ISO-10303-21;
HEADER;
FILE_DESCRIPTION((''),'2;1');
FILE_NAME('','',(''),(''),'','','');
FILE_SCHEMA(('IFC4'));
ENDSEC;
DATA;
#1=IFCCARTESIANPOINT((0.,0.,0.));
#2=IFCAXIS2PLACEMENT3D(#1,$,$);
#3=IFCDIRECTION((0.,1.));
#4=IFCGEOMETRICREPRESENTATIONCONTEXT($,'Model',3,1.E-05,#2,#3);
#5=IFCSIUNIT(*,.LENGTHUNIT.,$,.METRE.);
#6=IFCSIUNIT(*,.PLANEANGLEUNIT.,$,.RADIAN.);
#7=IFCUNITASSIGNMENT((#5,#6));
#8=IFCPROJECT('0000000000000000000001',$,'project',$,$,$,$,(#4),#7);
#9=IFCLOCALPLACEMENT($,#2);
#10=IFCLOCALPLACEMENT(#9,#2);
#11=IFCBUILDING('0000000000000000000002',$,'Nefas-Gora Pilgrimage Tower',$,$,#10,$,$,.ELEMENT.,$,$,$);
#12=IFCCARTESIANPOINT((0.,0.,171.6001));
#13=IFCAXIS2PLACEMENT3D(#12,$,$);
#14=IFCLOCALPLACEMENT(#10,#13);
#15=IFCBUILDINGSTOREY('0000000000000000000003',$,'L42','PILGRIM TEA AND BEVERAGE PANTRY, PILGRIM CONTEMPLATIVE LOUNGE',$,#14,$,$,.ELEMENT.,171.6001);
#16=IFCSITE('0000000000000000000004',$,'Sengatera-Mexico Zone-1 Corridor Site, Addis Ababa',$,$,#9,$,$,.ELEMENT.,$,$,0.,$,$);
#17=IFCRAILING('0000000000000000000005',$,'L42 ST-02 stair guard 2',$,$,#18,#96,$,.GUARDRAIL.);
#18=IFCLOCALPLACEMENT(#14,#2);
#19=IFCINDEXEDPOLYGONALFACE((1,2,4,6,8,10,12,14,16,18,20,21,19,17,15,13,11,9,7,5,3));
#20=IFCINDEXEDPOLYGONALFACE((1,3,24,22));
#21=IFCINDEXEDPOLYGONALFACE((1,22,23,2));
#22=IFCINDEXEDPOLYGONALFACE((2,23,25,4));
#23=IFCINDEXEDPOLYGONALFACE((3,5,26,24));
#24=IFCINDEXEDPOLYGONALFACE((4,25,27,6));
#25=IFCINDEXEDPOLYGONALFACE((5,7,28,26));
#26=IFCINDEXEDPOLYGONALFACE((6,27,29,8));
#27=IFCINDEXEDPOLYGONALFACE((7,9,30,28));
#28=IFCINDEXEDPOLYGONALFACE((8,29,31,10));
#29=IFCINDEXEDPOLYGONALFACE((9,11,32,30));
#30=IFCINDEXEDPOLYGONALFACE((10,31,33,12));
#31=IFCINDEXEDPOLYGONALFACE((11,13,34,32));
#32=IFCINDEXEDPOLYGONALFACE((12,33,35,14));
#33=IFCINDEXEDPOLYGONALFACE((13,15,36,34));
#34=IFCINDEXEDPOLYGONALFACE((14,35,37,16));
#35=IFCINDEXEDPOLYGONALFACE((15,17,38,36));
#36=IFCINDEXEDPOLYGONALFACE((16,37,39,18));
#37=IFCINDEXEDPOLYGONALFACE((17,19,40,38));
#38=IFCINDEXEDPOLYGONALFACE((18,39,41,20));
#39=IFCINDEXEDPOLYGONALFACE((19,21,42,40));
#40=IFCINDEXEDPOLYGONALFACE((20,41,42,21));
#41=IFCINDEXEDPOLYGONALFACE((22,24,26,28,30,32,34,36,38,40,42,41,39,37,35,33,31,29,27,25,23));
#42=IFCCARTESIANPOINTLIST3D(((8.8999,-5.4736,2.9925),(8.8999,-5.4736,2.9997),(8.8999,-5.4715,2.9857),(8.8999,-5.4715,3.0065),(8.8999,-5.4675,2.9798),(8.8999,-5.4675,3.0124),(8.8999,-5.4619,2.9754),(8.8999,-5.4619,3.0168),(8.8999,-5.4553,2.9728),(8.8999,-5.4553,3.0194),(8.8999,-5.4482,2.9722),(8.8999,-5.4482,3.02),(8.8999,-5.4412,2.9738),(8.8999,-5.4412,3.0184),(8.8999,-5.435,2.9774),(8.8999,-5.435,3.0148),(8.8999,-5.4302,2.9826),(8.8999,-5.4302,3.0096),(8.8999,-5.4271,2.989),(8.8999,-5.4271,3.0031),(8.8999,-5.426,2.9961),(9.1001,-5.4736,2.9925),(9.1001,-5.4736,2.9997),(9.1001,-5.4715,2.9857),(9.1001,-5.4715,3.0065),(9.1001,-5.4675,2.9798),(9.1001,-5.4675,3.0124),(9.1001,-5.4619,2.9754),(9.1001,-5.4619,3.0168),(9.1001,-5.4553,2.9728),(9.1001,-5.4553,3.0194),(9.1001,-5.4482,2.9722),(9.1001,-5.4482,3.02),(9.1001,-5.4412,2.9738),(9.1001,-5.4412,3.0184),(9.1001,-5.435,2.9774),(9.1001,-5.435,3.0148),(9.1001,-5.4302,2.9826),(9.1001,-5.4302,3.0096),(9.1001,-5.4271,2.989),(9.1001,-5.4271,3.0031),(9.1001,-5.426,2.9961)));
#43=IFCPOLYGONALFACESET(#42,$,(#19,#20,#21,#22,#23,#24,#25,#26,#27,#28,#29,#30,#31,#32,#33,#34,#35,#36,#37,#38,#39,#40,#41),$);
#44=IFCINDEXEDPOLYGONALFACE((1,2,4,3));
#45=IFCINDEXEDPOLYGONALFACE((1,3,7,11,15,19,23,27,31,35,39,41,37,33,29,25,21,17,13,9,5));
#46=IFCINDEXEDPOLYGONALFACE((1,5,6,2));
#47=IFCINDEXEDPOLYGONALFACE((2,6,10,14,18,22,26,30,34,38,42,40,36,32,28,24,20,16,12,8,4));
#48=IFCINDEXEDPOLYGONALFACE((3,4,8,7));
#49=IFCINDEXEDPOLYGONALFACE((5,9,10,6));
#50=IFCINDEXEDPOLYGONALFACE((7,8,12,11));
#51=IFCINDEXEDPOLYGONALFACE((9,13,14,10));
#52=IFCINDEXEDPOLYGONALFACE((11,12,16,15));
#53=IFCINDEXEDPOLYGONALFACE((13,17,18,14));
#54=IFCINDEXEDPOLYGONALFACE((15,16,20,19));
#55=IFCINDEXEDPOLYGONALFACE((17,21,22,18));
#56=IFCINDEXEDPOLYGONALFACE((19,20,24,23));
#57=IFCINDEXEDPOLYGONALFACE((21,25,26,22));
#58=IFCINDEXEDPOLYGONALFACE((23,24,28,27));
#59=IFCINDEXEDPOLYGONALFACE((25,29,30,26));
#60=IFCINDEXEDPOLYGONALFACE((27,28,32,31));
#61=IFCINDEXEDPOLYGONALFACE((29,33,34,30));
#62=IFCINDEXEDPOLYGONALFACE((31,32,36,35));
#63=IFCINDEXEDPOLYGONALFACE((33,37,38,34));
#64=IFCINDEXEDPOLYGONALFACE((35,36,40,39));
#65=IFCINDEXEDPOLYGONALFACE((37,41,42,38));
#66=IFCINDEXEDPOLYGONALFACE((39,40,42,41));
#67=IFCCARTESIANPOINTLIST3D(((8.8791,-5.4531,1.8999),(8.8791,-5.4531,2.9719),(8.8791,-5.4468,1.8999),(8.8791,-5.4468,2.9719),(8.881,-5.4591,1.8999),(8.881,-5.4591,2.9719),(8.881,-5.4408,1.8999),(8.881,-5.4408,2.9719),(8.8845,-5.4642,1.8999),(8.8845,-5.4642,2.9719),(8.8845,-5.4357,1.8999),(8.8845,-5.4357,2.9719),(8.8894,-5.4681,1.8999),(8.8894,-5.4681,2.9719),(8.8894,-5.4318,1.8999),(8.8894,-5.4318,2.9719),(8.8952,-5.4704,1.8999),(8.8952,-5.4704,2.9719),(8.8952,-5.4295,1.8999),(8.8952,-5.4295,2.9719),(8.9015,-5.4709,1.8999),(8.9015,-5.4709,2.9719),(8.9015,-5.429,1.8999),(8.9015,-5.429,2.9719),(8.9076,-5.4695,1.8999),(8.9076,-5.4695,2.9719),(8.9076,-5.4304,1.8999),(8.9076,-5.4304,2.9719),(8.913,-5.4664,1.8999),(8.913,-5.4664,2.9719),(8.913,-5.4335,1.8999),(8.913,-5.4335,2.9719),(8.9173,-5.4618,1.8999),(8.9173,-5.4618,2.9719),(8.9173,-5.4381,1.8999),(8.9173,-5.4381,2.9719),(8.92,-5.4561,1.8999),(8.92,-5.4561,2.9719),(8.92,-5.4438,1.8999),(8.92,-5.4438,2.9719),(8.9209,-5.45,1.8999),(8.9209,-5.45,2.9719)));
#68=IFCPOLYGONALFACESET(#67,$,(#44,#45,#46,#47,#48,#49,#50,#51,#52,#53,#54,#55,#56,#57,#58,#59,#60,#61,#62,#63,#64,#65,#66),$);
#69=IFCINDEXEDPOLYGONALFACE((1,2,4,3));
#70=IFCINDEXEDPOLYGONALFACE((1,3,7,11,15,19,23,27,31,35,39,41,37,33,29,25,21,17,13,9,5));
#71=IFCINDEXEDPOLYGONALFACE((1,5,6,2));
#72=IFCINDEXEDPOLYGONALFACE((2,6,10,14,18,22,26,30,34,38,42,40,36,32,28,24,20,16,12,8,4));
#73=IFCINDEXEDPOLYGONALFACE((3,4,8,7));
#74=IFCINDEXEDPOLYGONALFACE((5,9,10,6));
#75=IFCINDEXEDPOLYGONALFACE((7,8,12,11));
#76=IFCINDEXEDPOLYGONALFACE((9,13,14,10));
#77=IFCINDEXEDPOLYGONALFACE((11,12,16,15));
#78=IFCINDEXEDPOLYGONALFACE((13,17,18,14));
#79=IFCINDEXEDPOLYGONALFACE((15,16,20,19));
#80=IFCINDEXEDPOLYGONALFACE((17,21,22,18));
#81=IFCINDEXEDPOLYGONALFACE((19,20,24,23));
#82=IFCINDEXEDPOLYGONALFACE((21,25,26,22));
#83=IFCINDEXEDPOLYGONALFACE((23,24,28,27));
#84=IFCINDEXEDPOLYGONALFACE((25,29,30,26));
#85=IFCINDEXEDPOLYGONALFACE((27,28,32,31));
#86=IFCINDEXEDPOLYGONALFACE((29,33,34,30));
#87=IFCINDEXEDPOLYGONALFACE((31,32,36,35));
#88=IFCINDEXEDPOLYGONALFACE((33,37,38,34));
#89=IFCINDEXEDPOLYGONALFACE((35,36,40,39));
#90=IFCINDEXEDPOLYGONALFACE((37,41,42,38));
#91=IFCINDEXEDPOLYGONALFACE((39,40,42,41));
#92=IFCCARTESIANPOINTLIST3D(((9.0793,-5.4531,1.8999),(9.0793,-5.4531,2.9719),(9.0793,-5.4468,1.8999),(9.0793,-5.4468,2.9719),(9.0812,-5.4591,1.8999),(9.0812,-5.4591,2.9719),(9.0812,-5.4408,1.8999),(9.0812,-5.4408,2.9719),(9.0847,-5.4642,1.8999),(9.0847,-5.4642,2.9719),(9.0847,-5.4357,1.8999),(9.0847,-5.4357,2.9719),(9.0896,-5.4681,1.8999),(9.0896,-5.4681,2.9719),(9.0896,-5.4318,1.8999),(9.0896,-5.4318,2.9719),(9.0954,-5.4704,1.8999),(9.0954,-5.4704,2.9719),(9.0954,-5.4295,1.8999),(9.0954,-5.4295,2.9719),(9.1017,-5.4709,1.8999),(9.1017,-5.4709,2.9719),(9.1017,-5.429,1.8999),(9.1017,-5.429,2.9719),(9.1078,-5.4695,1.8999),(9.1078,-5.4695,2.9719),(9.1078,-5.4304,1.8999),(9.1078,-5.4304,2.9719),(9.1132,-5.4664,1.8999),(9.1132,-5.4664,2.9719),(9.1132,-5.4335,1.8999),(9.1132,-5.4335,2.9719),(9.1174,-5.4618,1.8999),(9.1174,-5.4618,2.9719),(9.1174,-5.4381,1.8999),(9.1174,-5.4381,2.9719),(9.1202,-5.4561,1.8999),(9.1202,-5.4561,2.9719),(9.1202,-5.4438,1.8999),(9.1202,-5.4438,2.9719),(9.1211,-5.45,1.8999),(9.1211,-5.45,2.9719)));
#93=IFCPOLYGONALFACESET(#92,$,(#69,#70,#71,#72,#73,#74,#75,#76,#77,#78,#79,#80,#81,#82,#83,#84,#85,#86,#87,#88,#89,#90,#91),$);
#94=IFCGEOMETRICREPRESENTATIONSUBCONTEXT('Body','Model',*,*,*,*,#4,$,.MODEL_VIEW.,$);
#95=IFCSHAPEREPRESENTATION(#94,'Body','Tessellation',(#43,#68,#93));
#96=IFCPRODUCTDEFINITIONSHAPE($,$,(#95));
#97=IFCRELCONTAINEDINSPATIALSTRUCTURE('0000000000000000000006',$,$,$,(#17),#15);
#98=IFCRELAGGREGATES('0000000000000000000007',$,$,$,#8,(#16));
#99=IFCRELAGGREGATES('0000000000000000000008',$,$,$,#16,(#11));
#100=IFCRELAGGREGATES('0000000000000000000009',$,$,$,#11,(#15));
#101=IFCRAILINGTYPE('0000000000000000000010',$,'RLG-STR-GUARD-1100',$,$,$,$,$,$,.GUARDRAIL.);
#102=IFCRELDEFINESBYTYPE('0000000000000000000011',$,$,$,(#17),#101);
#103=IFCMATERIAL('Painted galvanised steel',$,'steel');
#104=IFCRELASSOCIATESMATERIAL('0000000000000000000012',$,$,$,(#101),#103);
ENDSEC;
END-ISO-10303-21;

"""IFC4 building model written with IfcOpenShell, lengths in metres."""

from ifc_helpers import new_model, si_unit, direction, frame, origin, origin_2d, place, context, subcontext, project, spatial, circle, extrude, material, type_object, element, save


model = new_model("IFC4")

# Units and contexts
model_context = context("Model", 3, precision=1e-05, world=origin(), true_north=direction((0.0, 1.0)))
body_context = subcontext(model_context, "Body", "Model", "MODEL_VIEW")
ifc_project = project(units=[si_unit("LENGTHUNIT", "METRE"), si_unit("PLANEANGLEUNIT", "RADIAN")], contexts=[model_context])

# Site, building, storey
site_placement = place(None, origin())
site = spatial("IfcSite", under=ifc_project, at=site_placement, Name="Sengatera-Mexico Zone-1 Corridor Site, Addis Ababa", CompositionType="ELEMENT", RefElevation=0.0)
building_placement = place(site_placement, origin())
building = spatial("IfcBuilding", under=site, at=building_placement, Name="Nefas-Gora Pilgrimage Tower", CompositionType="ELEMENT")
storey_placement = place(building_placement, frame((0.0, 0.0, 171.6001)))
storey = spatial("IfcBuildingStorey", under=building, at=storey_placement, Name="L42", Description="PILGRIM TEA AND BEVERAGE PANTRY, PILGRIM CONTEMPLATIVE LOUNGE", CompositionType="ELEMENT", Elevation=171.6001)

# Railing
ifc_material_1 = material(Name="Painted galvanised steel", Category="steel")
railing_type_1 = type_object("IfcRailingType", Name="RLG-STR-GUARD-1100", PredefinedType="GUARDRAIL", material=ifc_material_1)
railing_1_placement = place(storey_placement, frame((8.8999, -5.45, 1.8999)))
element("IfcRailing", 1, at=railing_1_placement, inside=storey, type_object=railing_type_1, Name="L42 ST-02 stair guard 2", PredefinedType="GUARDRAIL", context=body_context, shape_type="SweptSolid", body=[
    extrude(circle(Radius=0.0239, at=origin_2d()), frame((0.0, 0.0, 1.0962), z_axis=(1.0, 0.0, 0.0), x_axis=(0.0, 1.0, 0.0)), (0.0, 0.0, 1.0), 0.2002),
    extrude(circle(Radius=0.021, at=origin_2d()), origin(), (0.0, 0.0, 1.0), 1.072),
    extrude(circle(Radius=0.021, at=origin_2d()), frame((0.2002, 0.0, 0.0)), (0.0, 0.0, 1.0), 1.072),
])

save(model, "model.ifc")
